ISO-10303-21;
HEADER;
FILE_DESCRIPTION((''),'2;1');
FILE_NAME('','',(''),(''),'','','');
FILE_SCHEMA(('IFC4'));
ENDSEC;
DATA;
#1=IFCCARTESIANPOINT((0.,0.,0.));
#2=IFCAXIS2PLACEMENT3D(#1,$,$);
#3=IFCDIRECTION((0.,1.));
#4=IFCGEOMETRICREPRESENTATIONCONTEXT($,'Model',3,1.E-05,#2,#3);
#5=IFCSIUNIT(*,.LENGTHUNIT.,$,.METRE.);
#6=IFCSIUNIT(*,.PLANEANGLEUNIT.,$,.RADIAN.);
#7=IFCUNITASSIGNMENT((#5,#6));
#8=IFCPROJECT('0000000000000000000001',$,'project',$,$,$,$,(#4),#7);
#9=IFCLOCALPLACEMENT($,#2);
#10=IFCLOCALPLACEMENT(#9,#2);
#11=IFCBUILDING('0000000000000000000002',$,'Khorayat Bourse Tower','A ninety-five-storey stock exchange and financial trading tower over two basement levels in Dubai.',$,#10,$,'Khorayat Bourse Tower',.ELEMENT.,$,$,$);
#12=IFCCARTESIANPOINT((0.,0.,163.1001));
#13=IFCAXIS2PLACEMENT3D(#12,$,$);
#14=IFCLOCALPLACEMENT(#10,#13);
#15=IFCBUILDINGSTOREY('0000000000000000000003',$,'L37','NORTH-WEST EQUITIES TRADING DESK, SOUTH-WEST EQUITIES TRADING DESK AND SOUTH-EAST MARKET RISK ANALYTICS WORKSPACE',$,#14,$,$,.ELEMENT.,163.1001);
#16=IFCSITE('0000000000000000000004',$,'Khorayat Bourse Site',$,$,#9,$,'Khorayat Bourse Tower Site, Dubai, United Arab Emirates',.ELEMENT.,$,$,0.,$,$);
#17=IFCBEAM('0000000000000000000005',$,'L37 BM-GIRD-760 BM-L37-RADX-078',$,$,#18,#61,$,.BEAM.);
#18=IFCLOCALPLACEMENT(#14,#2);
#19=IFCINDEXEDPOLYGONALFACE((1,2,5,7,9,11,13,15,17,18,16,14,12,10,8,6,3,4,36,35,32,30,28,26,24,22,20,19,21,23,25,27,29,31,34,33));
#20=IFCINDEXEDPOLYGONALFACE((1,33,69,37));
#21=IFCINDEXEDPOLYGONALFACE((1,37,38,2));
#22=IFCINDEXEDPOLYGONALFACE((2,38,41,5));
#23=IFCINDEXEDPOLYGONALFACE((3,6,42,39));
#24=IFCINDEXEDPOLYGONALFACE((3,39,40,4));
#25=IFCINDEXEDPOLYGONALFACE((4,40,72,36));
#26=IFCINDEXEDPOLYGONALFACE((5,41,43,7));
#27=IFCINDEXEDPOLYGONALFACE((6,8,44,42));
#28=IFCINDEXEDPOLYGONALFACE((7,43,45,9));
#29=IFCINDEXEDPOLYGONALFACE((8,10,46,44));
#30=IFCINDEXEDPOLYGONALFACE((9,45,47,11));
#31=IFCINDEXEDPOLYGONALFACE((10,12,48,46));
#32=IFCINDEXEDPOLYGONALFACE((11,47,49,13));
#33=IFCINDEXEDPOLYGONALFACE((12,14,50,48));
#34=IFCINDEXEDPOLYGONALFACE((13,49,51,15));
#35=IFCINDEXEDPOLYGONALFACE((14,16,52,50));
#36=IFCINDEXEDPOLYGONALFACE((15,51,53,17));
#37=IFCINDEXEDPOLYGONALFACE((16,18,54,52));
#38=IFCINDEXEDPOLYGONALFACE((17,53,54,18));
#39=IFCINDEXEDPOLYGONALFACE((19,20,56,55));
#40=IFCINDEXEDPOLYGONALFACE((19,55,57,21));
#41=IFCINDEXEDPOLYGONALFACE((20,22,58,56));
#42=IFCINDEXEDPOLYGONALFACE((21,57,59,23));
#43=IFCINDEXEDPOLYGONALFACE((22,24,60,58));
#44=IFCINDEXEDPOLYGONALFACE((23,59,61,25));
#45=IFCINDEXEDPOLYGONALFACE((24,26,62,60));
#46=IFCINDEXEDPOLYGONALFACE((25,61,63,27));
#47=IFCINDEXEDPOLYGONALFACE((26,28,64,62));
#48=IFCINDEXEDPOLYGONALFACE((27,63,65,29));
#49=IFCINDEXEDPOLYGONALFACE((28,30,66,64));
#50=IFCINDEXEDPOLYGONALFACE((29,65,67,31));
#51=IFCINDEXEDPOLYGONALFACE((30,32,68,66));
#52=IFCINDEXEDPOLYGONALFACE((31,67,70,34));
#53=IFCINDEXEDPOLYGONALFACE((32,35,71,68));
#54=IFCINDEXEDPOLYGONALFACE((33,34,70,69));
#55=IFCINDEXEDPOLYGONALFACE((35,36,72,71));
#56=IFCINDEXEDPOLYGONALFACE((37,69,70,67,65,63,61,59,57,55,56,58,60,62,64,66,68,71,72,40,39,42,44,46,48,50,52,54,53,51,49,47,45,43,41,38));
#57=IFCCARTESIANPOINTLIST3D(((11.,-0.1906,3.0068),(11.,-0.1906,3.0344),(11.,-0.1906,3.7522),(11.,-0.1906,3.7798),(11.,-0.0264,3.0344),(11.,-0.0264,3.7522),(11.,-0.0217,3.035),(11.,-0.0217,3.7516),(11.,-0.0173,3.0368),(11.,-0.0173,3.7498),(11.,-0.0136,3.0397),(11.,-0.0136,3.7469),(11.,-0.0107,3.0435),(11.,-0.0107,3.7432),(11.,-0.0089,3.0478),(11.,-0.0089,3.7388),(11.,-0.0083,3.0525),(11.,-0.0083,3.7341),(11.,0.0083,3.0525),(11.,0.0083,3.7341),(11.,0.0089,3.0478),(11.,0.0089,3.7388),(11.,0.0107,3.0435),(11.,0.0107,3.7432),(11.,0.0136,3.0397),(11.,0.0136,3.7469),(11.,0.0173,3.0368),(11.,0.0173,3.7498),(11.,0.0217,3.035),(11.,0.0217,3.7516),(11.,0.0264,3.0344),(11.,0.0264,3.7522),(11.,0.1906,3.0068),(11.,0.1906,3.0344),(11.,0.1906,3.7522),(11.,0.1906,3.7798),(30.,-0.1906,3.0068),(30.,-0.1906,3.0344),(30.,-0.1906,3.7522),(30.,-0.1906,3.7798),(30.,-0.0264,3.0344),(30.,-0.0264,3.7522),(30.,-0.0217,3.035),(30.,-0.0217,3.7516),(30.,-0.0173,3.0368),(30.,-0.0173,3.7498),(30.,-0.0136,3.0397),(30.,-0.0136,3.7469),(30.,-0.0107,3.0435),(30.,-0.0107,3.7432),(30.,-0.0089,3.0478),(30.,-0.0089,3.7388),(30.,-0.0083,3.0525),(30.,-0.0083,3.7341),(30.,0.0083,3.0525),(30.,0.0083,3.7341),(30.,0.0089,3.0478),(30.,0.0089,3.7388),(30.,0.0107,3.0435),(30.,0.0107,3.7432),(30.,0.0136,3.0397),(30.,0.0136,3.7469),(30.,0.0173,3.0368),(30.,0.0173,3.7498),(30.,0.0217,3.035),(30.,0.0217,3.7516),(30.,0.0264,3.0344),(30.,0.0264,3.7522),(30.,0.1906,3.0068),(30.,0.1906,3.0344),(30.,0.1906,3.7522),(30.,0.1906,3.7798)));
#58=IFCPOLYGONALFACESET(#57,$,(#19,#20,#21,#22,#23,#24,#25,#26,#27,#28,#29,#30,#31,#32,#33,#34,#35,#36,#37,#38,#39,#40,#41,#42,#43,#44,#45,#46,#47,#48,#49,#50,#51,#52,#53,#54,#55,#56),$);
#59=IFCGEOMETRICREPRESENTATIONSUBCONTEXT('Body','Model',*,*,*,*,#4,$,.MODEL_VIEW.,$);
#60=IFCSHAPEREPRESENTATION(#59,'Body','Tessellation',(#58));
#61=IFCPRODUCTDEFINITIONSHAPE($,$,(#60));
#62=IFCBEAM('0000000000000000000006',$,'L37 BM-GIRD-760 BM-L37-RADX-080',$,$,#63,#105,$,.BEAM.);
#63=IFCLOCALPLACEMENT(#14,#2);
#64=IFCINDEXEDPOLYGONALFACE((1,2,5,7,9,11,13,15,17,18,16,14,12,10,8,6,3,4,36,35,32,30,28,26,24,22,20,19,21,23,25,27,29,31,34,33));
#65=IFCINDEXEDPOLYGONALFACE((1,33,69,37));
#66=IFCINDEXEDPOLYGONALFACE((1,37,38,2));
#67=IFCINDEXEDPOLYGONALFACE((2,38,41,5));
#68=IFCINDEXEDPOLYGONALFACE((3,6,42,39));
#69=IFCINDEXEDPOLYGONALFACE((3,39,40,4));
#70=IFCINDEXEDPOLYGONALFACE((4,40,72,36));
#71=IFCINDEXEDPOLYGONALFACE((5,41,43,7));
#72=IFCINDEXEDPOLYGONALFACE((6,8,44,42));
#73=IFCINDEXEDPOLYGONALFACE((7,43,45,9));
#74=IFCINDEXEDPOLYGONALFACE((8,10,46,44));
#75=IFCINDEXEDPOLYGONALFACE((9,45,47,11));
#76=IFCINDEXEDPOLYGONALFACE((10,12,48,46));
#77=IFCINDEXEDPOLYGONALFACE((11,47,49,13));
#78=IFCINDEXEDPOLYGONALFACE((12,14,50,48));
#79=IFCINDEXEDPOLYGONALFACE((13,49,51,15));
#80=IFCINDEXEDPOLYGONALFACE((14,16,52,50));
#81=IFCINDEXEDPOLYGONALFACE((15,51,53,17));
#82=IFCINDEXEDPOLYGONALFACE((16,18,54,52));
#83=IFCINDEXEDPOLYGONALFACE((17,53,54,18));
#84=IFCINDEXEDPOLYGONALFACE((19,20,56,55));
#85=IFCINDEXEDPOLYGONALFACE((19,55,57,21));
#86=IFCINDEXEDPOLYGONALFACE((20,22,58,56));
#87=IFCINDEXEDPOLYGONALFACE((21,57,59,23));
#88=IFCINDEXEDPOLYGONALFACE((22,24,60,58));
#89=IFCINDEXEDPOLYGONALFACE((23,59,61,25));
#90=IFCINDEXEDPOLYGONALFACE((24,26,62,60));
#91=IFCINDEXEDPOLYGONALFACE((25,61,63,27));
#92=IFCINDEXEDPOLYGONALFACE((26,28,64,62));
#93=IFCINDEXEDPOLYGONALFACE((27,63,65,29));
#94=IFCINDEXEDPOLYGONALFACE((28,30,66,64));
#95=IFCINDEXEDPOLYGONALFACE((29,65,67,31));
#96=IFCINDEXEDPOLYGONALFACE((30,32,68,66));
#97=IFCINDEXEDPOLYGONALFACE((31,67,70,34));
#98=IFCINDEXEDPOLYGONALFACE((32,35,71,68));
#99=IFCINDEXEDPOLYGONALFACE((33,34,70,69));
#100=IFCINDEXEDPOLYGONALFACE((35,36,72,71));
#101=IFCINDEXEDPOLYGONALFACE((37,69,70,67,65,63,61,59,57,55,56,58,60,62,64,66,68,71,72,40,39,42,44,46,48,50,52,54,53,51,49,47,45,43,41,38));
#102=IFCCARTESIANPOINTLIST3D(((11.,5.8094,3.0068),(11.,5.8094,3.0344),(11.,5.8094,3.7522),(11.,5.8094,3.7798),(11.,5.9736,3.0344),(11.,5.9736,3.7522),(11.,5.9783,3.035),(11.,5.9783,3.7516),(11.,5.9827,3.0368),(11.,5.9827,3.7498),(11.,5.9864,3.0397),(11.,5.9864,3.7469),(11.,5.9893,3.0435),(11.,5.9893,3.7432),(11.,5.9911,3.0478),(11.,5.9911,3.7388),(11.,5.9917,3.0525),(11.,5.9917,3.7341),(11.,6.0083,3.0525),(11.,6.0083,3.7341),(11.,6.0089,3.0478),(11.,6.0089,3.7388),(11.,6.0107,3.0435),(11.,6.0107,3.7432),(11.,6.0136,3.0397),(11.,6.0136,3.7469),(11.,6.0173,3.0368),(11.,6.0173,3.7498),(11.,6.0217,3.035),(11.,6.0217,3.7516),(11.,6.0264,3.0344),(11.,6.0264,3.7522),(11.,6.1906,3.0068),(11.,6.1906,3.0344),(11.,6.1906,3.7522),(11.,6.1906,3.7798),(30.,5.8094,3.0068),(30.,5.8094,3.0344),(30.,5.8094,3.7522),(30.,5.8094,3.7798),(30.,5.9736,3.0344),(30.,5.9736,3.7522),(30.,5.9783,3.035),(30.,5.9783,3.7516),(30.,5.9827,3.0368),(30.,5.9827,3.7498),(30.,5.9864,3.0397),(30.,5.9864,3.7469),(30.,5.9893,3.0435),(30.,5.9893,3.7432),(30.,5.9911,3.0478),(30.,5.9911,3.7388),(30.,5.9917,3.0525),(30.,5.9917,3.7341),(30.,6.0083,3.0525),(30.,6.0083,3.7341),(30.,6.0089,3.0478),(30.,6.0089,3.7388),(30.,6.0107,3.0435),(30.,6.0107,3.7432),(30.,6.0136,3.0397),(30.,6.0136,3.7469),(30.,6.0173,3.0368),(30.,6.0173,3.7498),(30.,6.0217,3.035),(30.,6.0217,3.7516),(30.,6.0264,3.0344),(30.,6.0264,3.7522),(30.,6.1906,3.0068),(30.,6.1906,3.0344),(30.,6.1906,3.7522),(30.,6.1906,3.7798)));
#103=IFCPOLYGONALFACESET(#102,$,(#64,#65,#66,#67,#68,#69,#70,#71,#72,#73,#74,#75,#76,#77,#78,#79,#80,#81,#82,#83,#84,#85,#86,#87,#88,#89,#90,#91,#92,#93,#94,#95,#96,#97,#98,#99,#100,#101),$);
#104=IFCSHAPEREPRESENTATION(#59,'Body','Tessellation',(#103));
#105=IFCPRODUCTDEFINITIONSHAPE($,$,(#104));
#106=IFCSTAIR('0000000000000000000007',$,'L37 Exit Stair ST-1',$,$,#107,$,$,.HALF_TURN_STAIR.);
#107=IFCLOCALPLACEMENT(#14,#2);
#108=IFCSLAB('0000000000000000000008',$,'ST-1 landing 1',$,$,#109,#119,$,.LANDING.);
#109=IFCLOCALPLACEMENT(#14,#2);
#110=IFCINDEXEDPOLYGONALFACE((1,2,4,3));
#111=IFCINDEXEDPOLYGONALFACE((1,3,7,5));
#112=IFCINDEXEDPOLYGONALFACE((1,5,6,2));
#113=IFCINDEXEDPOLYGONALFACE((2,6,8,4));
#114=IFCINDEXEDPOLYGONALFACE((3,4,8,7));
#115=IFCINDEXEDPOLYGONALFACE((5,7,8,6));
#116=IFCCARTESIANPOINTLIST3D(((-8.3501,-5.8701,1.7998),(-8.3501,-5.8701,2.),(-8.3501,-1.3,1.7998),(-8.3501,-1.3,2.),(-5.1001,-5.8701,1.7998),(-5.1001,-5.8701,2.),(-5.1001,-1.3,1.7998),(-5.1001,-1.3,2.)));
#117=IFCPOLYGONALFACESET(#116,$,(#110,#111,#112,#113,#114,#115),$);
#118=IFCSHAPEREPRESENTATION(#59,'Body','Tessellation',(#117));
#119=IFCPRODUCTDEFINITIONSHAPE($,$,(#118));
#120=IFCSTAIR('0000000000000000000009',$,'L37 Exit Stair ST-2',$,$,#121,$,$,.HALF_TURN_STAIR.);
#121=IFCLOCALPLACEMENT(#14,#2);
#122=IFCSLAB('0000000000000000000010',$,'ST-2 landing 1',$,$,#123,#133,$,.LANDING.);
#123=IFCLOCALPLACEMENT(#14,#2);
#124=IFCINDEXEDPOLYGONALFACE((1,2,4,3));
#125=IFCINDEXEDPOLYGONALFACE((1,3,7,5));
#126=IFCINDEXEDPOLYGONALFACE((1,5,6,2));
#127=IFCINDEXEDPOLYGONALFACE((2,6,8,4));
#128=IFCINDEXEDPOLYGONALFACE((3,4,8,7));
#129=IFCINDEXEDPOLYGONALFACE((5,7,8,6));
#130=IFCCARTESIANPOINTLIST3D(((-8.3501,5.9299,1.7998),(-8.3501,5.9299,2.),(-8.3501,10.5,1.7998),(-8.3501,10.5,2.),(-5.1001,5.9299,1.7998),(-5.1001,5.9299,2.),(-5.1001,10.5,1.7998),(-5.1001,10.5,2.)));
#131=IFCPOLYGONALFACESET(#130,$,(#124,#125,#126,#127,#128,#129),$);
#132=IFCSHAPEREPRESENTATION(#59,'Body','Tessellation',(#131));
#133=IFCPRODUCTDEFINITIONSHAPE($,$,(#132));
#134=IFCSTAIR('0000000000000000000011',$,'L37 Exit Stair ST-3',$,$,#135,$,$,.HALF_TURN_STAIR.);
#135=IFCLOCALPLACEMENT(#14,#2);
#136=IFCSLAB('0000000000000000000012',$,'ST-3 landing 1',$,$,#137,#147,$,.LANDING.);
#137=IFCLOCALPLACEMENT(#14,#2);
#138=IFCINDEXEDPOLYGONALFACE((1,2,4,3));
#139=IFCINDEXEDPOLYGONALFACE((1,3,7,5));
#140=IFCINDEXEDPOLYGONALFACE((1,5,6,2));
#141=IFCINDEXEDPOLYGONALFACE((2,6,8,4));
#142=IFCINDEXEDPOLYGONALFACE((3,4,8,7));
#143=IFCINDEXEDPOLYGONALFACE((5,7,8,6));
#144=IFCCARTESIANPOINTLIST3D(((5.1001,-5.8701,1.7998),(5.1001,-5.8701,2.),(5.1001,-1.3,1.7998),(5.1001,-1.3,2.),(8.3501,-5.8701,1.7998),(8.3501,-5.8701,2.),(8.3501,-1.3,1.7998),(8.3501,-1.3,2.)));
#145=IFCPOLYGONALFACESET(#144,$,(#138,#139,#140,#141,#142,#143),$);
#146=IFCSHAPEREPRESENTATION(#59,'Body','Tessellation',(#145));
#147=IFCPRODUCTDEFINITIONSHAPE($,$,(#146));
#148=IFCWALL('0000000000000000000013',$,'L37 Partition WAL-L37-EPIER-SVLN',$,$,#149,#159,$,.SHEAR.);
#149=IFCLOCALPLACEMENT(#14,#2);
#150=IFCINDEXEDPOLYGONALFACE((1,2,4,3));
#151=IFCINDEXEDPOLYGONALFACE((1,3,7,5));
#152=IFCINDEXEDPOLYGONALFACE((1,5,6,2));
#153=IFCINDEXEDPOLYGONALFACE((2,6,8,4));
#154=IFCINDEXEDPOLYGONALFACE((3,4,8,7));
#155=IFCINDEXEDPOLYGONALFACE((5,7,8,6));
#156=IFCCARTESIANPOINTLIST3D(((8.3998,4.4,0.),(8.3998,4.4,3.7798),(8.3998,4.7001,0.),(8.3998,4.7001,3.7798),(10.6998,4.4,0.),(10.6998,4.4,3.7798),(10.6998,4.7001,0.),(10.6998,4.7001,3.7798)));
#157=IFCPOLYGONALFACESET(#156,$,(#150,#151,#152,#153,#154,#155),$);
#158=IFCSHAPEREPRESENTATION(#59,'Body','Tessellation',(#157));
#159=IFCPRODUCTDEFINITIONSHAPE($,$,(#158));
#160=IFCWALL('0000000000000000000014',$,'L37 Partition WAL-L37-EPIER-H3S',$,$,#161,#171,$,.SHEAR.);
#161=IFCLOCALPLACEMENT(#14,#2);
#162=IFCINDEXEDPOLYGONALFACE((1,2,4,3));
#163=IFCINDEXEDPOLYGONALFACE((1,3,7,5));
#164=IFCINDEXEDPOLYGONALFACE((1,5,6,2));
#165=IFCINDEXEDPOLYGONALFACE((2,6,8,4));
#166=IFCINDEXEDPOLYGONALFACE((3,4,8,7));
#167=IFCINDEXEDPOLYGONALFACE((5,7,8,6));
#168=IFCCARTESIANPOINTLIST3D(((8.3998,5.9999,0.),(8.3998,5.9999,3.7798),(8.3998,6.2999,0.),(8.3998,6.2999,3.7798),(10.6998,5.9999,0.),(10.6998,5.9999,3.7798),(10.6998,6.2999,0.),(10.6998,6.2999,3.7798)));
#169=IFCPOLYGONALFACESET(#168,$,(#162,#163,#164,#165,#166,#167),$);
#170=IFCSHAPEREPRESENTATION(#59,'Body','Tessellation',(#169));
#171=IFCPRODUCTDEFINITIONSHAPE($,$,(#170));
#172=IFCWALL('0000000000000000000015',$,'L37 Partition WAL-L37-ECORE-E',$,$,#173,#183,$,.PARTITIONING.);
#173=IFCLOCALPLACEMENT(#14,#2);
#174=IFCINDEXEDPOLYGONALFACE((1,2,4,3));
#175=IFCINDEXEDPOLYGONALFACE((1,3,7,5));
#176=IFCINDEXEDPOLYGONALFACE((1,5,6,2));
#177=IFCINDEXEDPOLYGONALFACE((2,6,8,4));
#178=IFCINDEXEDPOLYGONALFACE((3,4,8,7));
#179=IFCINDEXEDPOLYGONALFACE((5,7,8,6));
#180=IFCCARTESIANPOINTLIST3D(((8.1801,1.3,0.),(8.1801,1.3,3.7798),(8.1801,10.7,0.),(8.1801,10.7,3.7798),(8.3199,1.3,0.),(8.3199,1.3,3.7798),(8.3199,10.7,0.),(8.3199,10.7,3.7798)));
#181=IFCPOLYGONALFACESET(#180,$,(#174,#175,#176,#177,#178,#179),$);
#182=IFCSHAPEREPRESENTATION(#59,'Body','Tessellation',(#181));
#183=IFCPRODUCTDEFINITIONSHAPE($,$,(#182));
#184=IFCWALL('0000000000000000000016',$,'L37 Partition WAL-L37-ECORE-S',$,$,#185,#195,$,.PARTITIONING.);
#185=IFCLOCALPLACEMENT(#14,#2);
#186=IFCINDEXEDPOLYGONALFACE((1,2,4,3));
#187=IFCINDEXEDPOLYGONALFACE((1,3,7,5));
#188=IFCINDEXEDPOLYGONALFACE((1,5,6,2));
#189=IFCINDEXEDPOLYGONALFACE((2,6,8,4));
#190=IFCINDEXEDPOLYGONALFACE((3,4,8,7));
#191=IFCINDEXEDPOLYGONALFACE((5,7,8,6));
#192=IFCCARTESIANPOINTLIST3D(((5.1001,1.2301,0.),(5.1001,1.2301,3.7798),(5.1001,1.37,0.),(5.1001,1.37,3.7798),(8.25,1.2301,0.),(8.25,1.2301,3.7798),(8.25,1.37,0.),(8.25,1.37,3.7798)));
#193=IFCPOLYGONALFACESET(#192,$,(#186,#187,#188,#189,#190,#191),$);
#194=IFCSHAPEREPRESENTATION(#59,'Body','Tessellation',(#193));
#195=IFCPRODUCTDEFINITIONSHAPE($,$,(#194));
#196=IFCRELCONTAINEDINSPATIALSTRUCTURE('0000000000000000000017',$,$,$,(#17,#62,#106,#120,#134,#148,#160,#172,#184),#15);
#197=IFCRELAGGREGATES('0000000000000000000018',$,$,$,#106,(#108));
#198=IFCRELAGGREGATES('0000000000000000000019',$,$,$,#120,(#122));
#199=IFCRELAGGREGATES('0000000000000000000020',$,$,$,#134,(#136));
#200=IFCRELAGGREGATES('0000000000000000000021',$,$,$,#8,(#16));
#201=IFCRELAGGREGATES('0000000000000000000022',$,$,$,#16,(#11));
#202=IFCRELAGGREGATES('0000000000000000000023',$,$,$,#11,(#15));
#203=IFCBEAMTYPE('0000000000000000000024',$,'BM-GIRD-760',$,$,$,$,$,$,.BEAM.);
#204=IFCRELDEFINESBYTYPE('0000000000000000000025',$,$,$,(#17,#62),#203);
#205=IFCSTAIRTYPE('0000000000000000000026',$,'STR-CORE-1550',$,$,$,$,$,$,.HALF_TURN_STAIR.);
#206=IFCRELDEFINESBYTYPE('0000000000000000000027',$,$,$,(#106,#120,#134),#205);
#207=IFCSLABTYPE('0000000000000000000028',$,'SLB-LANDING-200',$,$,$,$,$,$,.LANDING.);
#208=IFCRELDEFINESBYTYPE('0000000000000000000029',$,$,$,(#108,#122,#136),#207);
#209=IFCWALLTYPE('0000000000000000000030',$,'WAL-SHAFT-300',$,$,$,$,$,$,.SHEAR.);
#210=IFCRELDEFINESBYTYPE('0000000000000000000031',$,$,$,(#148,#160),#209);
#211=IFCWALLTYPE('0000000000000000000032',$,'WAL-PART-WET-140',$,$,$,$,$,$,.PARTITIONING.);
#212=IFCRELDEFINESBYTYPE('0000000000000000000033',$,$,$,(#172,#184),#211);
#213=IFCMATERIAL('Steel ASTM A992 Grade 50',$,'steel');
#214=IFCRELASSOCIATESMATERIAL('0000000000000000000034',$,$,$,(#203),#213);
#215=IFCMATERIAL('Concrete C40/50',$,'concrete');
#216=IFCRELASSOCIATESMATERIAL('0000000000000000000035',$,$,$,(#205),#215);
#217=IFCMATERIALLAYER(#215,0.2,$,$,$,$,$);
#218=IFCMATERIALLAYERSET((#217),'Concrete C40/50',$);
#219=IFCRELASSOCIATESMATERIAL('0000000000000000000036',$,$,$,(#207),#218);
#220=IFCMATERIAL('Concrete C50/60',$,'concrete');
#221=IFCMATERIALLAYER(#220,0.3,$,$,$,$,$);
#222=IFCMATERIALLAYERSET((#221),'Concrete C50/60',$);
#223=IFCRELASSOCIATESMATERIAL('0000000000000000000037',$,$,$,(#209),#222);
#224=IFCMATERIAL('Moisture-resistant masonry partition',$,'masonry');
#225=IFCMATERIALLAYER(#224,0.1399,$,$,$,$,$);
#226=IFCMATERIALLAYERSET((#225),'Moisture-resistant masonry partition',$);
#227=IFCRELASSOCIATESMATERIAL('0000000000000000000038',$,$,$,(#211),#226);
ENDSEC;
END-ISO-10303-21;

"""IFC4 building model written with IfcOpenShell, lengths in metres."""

from ifc_helpers import new_model, si_unit, direction, frame, frame_2d, origin, origin_2d, place, context, subcontext, project, spatial, polyline, rectangle, i_section, outline, extrude, source, transform, mapped, material, layer, layer_set, material_profile, profile_set, type_object, element, aggregate, save


model = new_model("IFC4")

# Units and contexts
model_context = context("Model", 3, precision=1e-05, world=origin(), true_north=direction((0.0, 1.0)))
body_context = subcontext(model_context, "Body", "Model", "MODEL_VIEW")
ifc_project = project(units=[si_unit("LENGTHUNIT", "METRE"), si_unit("PLANEANGLEUNIT", "RADIAN")], contexts=[model_context])

# Site, building, storey
site_placement = place(None, origin())
site = spatial("IfcSite", under=ifc_project, at=site_placement, Name="Khorayat Bourse Site", LongName="Khorayat Bourse Tower Site, Dubai, United Arab Emirates", CompositionType="ELEMENT", RefElevation=0.0)
building_placement = place(site_placement, origin())
building = spatial("IfcBuilding", under=site, at=building_placement, Name="Khorayat Bourse Tower", Description="A ninety-five-storey stock exchange and financial trading tower over two basement levels in Dubai.", LongName="Khorayat Bourse Tower", CompositionType="ELEMENT")
storey_placement = place(building_placement, frame((0.0, 0.0, 163.1001)))
storey = spatial("IfcBuildingStorey", under=building, at=storey_placement, Name="L37", Description="NORTH-WEST EQUITIES TRADING DESK, SOUTH-WEST EQUITIES TRADING DESK AND SOUTH-EAST MARKET RISK ANALYTICS WORKSPACE", CompositionType="ELEMENT", Elevation=163.1001)

# Beams
ifc_material_1 = material(Name="Steel ASTM A992 Grade 50", Category="steel")
ifc_material_profile_1 = material_profile(ifc_material_1, i_section(OverallWidth=0.3811, OverallDepth=0.7729, WebThickness=0.0166, FlangeThickness=0.0276, FilletRadius=0.0181, at=origin_2d()), Name="W760X257")
ifc_profile_set_1 = profile_set([ifc_material_profile_1], Name="Steel ASTM A992 Grade 50")
beam_type_1 = type_object("IfcBeamType", Name="BM-GIRD-760", PredefinedType="BEAM", material=ifc_profile_set_1)
shared_shape_1 = source(origin(), body_context, "Body", "SweptSolid", [
    extrude(i_section(OverallWidth=0.3811, OverallDepth=0.7729, WebThickness=0.0166, FlangeThickness=0.0276, FilletRadius=0.0181, at=origin_2d()), origin(), (0.0, 0.0, 1.0), 19.0),
])
for number, where, z_axis, x_axis, name in (
    (1, (11.0, 0.0, 3.3933), (1.0, 0.0, 0.0), (0.0, 1.0, 0.0), "L37 BM-GIRD-760 BM-L37-RADX-078"),
    (2, (11.0, 6.0, 3.3933), (1.0, 0.0, 0.0), (0.0, 1.0, 0.0), "L37 BM-GIRD-760 BM-L37-RADX-080"),
):
    element("IfcBeam", number, at=place(storey_placement, frame(where, z_axis=z_axis, x_axis=x_axis)), inside=storey, type_object=beam_type_1, Name=name, PredefinedType="BEAM", context=body_context, shape_type="MappedRepresentation", body=[
        mapped(shared_shape_1, transform((0.0, 0.0, 0.0), scale=1.0)),
    ])

# Stairs, slabs
ifc_material_2 = material(Name="Concrete C40/50", Category="concrete")
stair_type = type_object("IfcStairType", Name="STR-CORE-1550", PredefinedType="HALF_TURN_STAIR", material=ifc_material_2)
stair_1_placement = place(storey_placement, origin())
stair_1 = element("IfcStair", 3, at=stair_1_placement, inside=storey, type_object=stair_type, Name="L37 Exit Stair ST-1", PredefinedType="HALF_TURN_STAIR")
ifc_layer_1 = layer(ifc_material_2, 0.2)
ifc_layer_set_1 = layer_set([ifc_layer_1], Name="Concrete C40/50")
slab_type = type_object("IfcSlabType", Name="SLB-LANDING-200", PredefinedType="LANDING", material=ifc_layer_set_1)
slab_1_placement = place(storey_placement, frame((0.0, 0.0, 1.7998)))
slab_1 = element("IfcSlab", 4, at=slab_1_placement, type_object=slab_type, Name="ST-1 landing 1", PredefinedType="LANDING", context=body_context, shape_type="SweptSolid", body=[
    extrude(outline(polyline([(-5.1001, -5.8701), (-5.1001, -1.3), (-8.3501, -1.3), (-8.3501, -5.8701), (-5.1001, -5.8701)])), origin(), (0.0, 0.0, 1.0), 0.2002),
])
aggregate(stair_1, [slab_1])
stair_2_placement = place(storey_placement, origin())
stair_2 = element("IfcStair", 5, at=stair_2_placement, inside=storey, type_object=stair_type, Name="L37 Exit Stair ST-2", PredefinedType="HALF_TURN_STAIR")
slab_2_placement = place(storey_placement, frame((0.0, 0.0, 1.7998)))
slab_2 = element("IfcSlab", 6, at=slab_2_placement, type_object=slab_type, Name="ST-2 landing 1", PredefinedType="LANDING", context=body_context, shape_type="SweptSolid", body=[
    extrude(outline(polyline([(-5.1001, 5.9299), (-5.1001, 10.5), (-8.3501, 10.5), (-8.3501, 5.9299), (-5.1001, 5.9299)])), origin(), (0.0, 0.0, 1.0), 0.2002),
])
aggregate(stair_2, [slab_2])
stair_3_placement = place(storey_placement, origin())
stair_3 = element("IfcStair", 7, at=stair_3_placement, inside=storey, type_object=stair_type, Name="L37 Exit Stair ST-3", PredefinedType="HALF_TURN_STAIR")
slab_3_placement = place(storey_placement, frame((0.0, 0.0, 1.7998)))
slab_3 = element("IfcSlab", 8, at=slab_3_placement, type_object=slab_type, Name="ST-3 landing 1", PredefinedType="LANDING", context=body_context, shape_type="SweptSolid", body=[
    extrude(outline(polyline([(8.3501, -5.8701), (8.3501, -1.3), (5.1001, -1.3), (5.1001, -5.8701), (8.3501, -5.8701)])), origin(), (0.0, 0.0, 1.0), 0.2002),
])
aggregate(stair_3, [slab_3])

# Walls
ifc_material_3 = material(Name="Concrete C50/60", Category="concrete")
ifc_layer_2 = layer(ifc_material_3, 0.3)
ifc_layer_set_2 = layer_set([ifc_layer_2], Name="Concrete C50/60")
wall_type_1 = type_object("IfcWallType", Name="WAL-SHAFT-300", PredefinedType="SHEAR", material=ifc_layer_set_2)
shared_shape_2 = source(origin(), body_context, "Body", "SweptSolid", [
    extrude(rectangle(XDim=2.3, YDim=0.3, at=frame_2d((1.1499, 0.0))), origin(), (0.0, 0.0, 1.0), 3.7798),
])
for number, where, z_axis, x_axis, name in (
    (9, (8.3999, 4.55, 0.0), (0.0, 0.0, 1.0), (1.0, 0.0, 0.0), "L37 Partition WAL-L37-EPIER-SVLN"),
    (10, (8.3999, 6.1499, 0.0), (0.0, 0.0, 1.0), (1.0, 0.0, 0.0), "L37 Partition WAL-L37-EPIER-H3S"),
):
    element("IfcWall", number, at=place(storey_placement, frame(where, z_axis=z_axis, x_axis=x_axis)), inside=storey, type_object=wall_type_1, Name=name, PredefinedType="SHEAR", context=body_context, shape_type="MappedRepresentation", body=[
        mapped(shared_shape_2, transform((0.0, 0.0, 0.0), scale=1.0)),
    ])
ifc_material_4 = material(Name="Moisture-resistant masonry partition", Category="masonry")
ifc_layer_3 = layer(ifc_material_4, 0.1399)
ifc_layer_set_3 = layer_set([ifc_layer_3], Name="Moisture-resistant masonry partition")
wall_type_2 = type_object("IfcWallType", Name="WAL-PART-WET-140", PredefinedType="PARTITIONING", material=ifc_layer_set_3)
shared_shape_3 = source(origin(), body_context, "Body", "SweptSolid", [
    extrude(rectangle(XDim=9.3999, YDim=0.1399, at=frame_2d((4.7, 0.0))), origin(), (0.0, 0.0, 1.0), 3.7798),
])
wall_1_placement = place(storey_placement, frame((8.25, 1.3, 0.0), z_axis=(0.0, 0.0, 1.0), x_axis=(0.0, 1.0, 0.0)))
element("IfcWall", 11, at=wall_1_placement, inside=storey, type_object=wall_type_2, Name="L37 Partition WAL-L37-ECORE-E", PredefinedType="PARTITIONING", context=body_context, shape_type="MappedRepresentation", body=[
    mapped(shared_shape_3, transform((0.0, 0.0, 0.0), scale=1.0)),
])
shared_shape_4 = source(origin(), body_context, "Body", "SweptSolid", [
    extrude(rectangle(XDim=3.1499, YDim=0.1399, at=frame_2d((1.575, 0.0))), origin(), (0.0, 0.0, 1.0), 3.7798),
])
wall_2_placement = place(storey_placement, frame((5.1001, 1.3, 0.0), z_axis=(0.0, 0.0, 1.0), x_axis=(1.0, 0.0, 0.0)))
element("IfcWall", 12, at=wall_2_placement, inside=storey, type_object=wall_type_2, Name="L37 Partition WAL-L37-ECORE-S", PredefinedType="PARTITIONING", context=body_context, shape_type="MappedRepresentation", body=[
    mapped(shared_shape_4, transform((0.0, 0.0, 0.0), scale=1.0)),
])

save(model, "model.ifc")
